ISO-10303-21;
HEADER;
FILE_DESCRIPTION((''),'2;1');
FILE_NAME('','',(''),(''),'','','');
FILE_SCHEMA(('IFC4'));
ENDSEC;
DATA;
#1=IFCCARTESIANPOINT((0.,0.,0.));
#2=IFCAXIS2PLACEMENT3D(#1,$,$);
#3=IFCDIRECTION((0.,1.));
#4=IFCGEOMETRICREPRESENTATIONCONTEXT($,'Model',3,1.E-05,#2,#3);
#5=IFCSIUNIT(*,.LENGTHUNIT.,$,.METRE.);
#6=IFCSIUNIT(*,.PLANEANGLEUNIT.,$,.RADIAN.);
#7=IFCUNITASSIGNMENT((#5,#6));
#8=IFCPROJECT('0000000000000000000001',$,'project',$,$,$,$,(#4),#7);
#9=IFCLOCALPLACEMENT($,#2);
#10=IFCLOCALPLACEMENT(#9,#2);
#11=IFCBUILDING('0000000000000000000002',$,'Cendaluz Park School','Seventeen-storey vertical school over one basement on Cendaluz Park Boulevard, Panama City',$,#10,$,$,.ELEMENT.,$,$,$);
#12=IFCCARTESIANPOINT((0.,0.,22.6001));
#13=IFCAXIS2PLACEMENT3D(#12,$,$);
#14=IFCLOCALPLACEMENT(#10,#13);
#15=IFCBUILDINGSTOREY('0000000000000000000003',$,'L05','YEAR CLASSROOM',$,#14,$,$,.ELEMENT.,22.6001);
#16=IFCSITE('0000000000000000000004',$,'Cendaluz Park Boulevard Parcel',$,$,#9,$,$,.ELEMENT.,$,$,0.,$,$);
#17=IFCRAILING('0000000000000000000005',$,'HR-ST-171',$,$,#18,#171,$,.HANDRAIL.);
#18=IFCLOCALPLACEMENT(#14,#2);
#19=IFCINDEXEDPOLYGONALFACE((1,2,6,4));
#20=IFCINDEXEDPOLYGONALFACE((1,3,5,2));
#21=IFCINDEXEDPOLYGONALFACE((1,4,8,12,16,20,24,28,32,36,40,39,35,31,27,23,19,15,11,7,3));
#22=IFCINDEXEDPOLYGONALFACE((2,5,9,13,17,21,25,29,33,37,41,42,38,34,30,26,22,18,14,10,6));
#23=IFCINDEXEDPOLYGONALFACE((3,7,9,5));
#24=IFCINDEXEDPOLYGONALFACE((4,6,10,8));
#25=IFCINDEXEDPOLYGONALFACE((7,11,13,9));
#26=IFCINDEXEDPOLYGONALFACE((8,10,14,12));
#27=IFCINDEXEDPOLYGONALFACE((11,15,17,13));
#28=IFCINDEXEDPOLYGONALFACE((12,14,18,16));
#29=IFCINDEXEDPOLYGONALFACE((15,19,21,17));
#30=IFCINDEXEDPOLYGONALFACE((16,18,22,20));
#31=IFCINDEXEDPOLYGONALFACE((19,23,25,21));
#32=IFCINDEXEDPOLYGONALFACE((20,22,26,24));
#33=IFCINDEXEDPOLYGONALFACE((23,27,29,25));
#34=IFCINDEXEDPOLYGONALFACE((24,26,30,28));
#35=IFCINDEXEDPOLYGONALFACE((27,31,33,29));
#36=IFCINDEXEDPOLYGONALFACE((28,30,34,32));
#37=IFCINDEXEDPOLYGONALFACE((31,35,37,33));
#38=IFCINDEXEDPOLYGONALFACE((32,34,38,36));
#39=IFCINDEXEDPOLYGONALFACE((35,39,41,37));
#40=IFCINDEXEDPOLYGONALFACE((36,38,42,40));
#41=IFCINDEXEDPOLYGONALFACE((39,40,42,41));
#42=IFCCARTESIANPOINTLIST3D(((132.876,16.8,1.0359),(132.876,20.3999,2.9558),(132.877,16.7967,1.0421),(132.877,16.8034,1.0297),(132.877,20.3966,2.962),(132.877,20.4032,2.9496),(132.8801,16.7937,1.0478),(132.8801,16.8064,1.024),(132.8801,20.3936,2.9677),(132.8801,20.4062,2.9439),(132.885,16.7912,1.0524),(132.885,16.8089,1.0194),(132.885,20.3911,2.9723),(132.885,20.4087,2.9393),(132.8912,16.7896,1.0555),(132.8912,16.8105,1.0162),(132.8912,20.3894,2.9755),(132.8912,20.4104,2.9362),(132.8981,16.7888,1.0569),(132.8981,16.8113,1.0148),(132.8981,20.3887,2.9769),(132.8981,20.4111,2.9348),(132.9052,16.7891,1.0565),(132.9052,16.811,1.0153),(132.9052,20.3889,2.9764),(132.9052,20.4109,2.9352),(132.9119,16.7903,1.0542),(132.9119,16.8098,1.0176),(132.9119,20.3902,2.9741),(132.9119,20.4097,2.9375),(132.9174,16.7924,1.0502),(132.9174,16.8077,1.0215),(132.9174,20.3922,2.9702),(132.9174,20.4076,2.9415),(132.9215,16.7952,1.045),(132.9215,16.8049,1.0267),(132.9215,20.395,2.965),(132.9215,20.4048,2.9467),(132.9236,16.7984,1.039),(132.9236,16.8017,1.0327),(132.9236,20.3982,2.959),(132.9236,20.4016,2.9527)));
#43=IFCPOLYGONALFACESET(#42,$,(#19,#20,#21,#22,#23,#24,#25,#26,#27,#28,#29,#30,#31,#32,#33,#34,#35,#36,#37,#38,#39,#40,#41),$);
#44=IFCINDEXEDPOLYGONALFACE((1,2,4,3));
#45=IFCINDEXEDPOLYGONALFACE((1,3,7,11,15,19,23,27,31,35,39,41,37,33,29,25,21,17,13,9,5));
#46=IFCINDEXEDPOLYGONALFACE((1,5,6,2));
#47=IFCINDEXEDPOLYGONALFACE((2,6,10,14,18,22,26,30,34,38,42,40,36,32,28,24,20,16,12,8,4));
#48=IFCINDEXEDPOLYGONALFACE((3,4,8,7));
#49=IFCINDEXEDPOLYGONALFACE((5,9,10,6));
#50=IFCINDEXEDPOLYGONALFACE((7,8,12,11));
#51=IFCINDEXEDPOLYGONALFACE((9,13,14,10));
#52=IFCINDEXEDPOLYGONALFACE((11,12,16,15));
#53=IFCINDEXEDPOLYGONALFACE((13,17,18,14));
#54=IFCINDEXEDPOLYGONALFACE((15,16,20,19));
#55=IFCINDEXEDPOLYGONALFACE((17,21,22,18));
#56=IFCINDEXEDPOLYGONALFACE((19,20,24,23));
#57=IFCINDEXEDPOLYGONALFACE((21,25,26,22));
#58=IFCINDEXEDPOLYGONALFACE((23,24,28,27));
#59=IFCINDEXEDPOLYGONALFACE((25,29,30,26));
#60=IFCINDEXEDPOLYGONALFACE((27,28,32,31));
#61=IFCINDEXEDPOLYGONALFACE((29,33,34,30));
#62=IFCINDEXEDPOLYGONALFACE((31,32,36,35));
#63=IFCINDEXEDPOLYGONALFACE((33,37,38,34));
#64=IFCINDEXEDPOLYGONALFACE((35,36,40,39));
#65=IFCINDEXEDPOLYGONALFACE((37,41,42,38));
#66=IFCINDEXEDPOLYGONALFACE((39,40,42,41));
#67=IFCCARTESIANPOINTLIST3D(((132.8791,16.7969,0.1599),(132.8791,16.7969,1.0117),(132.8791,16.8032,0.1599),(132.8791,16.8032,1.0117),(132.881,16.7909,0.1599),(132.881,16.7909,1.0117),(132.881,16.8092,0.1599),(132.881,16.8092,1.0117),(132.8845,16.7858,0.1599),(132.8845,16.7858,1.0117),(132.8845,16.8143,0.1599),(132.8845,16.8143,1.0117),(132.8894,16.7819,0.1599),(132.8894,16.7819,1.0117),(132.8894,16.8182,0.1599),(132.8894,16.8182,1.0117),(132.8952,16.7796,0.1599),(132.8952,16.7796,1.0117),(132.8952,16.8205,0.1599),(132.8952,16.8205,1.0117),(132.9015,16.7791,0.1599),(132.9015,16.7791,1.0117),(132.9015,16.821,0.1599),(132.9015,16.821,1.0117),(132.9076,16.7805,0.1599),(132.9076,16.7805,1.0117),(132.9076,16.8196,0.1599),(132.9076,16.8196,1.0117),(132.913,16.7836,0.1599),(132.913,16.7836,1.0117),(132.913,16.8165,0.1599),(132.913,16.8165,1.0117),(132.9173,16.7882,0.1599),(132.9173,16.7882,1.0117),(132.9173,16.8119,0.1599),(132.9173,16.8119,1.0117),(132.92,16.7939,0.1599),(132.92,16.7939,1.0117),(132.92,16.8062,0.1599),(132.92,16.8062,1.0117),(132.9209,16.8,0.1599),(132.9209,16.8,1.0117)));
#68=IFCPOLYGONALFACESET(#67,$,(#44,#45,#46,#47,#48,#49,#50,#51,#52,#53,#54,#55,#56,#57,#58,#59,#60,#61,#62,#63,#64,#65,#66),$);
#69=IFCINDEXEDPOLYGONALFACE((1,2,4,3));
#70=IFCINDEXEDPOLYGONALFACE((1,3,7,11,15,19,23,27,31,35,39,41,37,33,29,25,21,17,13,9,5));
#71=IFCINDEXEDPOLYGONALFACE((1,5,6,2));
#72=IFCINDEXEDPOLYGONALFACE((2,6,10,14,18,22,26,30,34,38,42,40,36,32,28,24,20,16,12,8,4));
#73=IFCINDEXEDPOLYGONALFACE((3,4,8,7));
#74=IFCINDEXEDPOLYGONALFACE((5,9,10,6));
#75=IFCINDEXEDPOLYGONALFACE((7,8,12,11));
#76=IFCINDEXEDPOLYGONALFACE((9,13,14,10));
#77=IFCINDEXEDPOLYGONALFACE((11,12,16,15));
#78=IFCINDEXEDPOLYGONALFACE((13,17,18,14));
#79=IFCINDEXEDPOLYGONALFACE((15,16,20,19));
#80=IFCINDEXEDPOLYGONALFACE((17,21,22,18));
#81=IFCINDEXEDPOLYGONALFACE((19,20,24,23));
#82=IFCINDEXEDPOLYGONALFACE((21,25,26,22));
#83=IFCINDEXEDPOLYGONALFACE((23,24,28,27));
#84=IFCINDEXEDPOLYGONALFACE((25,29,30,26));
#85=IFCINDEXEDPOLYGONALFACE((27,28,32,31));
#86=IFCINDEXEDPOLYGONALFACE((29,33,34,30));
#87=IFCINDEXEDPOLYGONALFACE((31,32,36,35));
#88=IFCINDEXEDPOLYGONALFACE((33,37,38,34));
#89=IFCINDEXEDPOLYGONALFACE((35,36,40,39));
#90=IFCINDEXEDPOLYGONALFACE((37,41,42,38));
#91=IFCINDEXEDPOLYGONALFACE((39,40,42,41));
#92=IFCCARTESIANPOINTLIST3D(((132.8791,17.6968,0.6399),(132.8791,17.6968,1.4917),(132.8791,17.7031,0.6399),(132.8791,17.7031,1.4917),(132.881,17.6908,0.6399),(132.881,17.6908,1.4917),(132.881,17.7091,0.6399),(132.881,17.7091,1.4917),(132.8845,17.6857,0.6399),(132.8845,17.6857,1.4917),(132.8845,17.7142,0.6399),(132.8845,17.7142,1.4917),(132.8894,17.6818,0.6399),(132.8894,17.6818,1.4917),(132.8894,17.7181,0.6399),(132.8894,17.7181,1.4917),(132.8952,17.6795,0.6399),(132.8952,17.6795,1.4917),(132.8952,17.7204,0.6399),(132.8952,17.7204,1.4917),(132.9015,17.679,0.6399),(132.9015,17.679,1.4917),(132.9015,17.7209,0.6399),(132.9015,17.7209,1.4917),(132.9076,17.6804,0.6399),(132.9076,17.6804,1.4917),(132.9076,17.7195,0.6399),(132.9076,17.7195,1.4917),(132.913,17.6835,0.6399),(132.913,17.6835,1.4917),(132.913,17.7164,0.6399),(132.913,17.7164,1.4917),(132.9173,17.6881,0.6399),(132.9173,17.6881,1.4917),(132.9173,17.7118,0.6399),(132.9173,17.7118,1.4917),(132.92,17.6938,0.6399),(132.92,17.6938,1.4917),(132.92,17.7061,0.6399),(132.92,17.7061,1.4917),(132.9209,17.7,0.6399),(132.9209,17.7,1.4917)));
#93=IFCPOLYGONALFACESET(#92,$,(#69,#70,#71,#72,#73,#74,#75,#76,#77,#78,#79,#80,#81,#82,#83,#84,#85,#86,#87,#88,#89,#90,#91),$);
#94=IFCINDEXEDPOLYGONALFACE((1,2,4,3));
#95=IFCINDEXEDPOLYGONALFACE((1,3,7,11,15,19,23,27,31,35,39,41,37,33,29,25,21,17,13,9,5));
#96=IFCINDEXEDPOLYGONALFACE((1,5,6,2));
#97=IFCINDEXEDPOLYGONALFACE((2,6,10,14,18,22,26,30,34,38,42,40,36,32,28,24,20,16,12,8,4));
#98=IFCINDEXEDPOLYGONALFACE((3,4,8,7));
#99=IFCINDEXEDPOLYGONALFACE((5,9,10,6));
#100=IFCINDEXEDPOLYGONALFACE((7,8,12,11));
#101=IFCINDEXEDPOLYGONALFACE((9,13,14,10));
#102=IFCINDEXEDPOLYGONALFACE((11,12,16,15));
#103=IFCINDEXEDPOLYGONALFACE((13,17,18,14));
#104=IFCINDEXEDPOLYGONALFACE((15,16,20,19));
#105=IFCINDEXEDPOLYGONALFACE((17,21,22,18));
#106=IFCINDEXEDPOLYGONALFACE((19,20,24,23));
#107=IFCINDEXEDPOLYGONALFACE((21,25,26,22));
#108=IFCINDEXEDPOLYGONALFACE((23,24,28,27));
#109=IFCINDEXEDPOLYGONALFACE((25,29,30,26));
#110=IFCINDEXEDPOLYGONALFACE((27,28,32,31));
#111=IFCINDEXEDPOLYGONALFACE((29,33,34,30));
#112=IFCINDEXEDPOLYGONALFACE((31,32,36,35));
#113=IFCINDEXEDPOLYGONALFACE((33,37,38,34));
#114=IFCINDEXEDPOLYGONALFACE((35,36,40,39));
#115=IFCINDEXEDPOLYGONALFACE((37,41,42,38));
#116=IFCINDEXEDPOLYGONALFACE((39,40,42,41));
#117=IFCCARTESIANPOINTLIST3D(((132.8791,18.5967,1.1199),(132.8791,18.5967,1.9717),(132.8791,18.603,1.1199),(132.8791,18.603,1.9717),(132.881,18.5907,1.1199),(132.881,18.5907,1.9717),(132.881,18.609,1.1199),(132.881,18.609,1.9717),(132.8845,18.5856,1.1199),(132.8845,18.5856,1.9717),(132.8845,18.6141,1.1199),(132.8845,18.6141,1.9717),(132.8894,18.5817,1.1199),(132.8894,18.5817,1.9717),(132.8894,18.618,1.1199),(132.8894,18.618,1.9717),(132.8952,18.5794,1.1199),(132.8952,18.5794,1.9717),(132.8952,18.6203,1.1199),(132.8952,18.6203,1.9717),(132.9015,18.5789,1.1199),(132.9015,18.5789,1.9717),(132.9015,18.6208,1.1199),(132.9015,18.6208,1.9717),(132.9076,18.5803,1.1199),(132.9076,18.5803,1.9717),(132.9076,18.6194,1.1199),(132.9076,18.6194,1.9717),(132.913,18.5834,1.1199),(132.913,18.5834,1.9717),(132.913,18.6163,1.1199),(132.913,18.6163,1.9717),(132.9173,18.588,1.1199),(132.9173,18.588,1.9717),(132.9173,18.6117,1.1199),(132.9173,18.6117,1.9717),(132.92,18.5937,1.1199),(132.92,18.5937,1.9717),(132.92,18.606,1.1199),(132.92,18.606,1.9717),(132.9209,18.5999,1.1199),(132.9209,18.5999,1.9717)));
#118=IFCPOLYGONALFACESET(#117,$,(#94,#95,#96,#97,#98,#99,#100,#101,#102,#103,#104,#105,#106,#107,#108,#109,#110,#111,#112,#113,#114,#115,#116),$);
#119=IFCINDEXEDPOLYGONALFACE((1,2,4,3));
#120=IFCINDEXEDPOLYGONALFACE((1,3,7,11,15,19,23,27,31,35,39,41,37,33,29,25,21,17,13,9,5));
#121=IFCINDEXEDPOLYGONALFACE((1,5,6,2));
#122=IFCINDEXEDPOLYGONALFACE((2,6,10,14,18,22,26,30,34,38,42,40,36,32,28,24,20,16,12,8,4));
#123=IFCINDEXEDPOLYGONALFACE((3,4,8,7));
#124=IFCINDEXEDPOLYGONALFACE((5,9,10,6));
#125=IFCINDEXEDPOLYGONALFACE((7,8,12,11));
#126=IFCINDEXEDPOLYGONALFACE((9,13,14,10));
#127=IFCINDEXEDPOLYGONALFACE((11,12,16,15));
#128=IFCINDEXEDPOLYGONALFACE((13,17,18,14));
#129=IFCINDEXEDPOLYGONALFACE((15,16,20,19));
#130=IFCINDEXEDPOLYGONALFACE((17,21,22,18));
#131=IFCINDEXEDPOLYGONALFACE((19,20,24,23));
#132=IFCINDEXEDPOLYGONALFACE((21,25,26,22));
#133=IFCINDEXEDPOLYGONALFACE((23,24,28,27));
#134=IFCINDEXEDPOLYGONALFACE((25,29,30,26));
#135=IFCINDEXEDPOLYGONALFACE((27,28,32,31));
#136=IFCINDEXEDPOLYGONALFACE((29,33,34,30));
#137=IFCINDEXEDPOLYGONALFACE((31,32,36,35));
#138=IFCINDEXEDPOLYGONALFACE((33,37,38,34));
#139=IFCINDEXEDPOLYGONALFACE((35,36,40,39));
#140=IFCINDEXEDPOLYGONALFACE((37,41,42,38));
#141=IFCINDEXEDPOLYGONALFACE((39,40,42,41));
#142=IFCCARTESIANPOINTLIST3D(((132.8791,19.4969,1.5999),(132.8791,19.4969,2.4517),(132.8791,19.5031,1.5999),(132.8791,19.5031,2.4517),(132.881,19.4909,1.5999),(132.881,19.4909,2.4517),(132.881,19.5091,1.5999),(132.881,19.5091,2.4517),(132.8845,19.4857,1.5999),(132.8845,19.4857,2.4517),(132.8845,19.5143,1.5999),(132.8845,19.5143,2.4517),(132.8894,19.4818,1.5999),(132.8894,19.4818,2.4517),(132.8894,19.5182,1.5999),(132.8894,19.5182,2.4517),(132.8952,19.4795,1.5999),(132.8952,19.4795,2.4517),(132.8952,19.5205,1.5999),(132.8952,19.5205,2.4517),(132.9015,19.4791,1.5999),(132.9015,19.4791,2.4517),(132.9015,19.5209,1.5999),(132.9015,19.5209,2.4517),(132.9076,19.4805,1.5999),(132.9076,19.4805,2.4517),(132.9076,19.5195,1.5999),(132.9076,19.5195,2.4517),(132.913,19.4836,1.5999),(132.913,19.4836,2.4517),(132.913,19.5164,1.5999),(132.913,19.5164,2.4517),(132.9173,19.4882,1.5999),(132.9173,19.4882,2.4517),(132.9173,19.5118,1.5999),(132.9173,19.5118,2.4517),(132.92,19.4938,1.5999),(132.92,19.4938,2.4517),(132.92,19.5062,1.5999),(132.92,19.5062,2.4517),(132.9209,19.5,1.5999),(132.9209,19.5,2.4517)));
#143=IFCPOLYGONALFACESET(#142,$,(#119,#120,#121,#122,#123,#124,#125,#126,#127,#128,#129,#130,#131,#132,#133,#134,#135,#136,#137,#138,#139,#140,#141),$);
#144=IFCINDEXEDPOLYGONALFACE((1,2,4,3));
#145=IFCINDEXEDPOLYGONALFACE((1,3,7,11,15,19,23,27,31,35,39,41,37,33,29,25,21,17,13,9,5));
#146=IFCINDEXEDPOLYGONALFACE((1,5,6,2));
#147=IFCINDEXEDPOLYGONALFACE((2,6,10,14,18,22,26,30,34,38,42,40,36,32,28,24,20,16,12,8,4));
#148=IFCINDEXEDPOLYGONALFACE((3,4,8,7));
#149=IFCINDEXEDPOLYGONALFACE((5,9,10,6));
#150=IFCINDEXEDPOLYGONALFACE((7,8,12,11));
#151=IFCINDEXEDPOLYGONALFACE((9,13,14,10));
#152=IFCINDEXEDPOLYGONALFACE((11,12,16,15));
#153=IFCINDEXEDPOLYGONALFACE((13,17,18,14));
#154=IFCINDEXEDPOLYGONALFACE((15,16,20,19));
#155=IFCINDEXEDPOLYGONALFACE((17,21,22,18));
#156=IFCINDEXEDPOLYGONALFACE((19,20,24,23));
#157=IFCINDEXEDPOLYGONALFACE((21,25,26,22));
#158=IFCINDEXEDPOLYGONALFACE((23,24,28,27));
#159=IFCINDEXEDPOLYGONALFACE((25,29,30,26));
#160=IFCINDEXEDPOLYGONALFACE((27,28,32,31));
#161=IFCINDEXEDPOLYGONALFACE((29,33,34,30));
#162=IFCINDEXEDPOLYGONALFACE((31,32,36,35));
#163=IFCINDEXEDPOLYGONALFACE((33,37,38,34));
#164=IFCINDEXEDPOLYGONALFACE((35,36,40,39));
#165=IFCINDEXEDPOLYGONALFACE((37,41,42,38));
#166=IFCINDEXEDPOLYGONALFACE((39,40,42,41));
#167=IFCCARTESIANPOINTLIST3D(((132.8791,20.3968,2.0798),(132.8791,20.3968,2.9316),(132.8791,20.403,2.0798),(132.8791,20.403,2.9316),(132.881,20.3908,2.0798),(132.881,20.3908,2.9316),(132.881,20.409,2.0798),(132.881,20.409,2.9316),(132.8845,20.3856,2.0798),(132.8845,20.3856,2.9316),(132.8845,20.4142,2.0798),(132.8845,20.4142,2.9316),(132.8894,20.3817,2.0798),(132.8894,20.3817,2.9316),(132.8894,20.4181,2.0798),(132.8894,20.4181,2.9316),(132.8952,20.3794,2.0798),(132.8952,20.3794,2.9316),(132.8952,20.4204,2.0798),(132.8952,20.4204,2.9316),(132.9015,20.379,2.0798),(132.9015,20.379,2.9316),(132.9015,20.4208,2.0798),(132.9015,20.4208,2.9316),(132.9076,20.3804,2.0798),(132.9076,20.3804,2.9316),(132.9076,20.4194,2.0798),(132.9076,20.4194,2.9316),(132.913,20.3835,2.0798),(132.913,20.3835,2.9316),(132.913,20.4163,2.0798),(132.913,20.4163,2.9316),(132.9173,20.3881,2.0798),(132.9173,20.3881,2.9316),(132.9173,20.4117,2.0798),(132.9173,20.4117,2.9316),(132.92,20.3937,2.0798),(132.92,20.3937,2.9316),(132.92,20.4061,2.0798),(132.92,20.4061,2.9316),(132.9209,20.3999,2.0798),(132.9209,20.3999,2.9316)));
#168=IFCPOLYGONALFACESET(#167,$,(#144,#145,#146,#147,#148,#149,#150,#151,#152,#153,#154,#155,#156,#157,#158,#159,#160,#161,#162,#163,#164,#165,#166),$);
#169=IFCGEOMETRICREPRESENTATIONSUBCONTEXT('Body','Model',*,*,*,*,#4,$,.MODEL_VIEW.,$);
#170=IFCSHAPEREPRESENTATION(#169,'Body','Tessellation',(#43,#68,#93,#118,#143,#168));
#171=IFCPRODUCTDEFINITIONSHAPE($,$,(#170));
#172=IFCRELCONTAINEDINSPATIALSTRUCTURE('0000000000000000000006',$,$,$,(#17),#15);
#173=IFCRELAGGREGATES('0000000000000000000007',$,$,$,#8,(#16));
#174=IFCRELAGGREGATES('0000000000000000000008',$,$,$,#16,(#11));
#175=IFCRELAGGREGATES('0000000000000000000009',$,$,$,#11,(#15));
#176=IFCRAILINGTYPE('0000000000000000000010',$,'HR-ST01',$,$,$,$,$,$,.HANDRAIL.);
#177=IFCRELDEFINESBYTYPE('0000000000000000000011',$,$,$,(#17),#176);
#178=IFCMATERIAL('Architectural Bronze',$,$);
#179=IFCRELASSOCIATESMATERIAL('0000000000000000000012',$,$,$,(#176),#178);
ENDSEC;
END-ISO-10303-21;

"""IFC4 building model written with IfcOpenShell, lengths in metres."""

from ifc_helpers import new_model, si_unit, direction, frame, origin, origin_2d, place, context, subcontext, project, spatial, circle, extrude, material, type_object, element, save


model = new_model("IFC4")

# Units and contexts
model_context = context("Model", 3, precision=1e-05, world=origin(), true_north=direction((0.0, 1.0)))
body_context = subcontext(model_context, "Body", "Model", "MODEL_VIEW")
ifc_project = project(units=[si_unit("LENGTHUNIT", "METRE"), si_unit("PLANEANGLEUNIT", "RADIAN")], contexts=[model_context])

# Site, building, storey
site_placement = place(None, origin())
site = spatial("IfcSite", under=ifc_project, at=site_placement, Name="Cendaluz Park Boulevard Parcel", CompositionType="ELEMENT", RefElevation=0.0)
building_placement = place(site_placement, origin())
building = spatial("IfcBuilding", under=site, at=building_placement, Name="Cendaluz Park School", Description="Seventeen-storey vertical school over one basement on Cendaluz Park Boulevard, Panama City", CompositionType="ELEMENT")
storey_placement = place(building_placement, frame((0.0, 0.0, 22.6001)))
storey = spatial("IfcBuildingStorey", under=building, at=storey_placement, Name="L05", Description="YEAR CLASSROOM", CompositionType="ELEMENT", Elevation=22.6001)

# Railing
ifc_material_1 = material(Name="Architectural Bronze")
railing_type_1 = type_object("IfcRailingType", Name="HR-ST01", PredefinedType="HANDRAIL", material=ifc_material_1)
railing_1_placement = place(storey_placement, frame((132.8999, 16.8, 0.1599)))
element("IfcRailing", 1, at=railing_1_placement, inside=storey, type_object=railing_type_1, Name="HR-ST-171", PredefinedType="HANDRAIL", context=body_context, shape_type="SweptSolid", body=[
    extrude(circle(Radius=0.0239, at=origin_2d()), frame((0.0, 0.0, 0.876), z_axis=(0.0, 0.882353, 0.470588), x_axis=(-1.0, 0.0, 0.0)), (0.0, 0.0, 1.0), 4.0798),
    extrude(circle(Radius=0.021, at=origin_2d()), origin(), (0.0, 0.0, 1.0), 0.8518),
    extrude(circle(Radius=0.021, at=origin_2d()), frame((0.0, 0.8999, 0.48)), (0.0, 0.0, 1.0), 0.8518),
    extrude(circle(Radius=0.021, at=origin_2d()), frame((0.0, 1.7998, 0.96)), (0.0, 0.0, 1.0), 0.8518),
    extrude(circle(Radius=0.021, at=origin_2d()), frame((0.0, 2.7, 1.4399)), (0.0, 0.0, 1.0), 0.8518),
    extrude(circle(Radius=0.021, at=origin_2d()), frame((0.0, 3.5999, 1.9199)), (0.0, 0.0, 1.0), 0.8518),
])

save(model, "model.ifc")
